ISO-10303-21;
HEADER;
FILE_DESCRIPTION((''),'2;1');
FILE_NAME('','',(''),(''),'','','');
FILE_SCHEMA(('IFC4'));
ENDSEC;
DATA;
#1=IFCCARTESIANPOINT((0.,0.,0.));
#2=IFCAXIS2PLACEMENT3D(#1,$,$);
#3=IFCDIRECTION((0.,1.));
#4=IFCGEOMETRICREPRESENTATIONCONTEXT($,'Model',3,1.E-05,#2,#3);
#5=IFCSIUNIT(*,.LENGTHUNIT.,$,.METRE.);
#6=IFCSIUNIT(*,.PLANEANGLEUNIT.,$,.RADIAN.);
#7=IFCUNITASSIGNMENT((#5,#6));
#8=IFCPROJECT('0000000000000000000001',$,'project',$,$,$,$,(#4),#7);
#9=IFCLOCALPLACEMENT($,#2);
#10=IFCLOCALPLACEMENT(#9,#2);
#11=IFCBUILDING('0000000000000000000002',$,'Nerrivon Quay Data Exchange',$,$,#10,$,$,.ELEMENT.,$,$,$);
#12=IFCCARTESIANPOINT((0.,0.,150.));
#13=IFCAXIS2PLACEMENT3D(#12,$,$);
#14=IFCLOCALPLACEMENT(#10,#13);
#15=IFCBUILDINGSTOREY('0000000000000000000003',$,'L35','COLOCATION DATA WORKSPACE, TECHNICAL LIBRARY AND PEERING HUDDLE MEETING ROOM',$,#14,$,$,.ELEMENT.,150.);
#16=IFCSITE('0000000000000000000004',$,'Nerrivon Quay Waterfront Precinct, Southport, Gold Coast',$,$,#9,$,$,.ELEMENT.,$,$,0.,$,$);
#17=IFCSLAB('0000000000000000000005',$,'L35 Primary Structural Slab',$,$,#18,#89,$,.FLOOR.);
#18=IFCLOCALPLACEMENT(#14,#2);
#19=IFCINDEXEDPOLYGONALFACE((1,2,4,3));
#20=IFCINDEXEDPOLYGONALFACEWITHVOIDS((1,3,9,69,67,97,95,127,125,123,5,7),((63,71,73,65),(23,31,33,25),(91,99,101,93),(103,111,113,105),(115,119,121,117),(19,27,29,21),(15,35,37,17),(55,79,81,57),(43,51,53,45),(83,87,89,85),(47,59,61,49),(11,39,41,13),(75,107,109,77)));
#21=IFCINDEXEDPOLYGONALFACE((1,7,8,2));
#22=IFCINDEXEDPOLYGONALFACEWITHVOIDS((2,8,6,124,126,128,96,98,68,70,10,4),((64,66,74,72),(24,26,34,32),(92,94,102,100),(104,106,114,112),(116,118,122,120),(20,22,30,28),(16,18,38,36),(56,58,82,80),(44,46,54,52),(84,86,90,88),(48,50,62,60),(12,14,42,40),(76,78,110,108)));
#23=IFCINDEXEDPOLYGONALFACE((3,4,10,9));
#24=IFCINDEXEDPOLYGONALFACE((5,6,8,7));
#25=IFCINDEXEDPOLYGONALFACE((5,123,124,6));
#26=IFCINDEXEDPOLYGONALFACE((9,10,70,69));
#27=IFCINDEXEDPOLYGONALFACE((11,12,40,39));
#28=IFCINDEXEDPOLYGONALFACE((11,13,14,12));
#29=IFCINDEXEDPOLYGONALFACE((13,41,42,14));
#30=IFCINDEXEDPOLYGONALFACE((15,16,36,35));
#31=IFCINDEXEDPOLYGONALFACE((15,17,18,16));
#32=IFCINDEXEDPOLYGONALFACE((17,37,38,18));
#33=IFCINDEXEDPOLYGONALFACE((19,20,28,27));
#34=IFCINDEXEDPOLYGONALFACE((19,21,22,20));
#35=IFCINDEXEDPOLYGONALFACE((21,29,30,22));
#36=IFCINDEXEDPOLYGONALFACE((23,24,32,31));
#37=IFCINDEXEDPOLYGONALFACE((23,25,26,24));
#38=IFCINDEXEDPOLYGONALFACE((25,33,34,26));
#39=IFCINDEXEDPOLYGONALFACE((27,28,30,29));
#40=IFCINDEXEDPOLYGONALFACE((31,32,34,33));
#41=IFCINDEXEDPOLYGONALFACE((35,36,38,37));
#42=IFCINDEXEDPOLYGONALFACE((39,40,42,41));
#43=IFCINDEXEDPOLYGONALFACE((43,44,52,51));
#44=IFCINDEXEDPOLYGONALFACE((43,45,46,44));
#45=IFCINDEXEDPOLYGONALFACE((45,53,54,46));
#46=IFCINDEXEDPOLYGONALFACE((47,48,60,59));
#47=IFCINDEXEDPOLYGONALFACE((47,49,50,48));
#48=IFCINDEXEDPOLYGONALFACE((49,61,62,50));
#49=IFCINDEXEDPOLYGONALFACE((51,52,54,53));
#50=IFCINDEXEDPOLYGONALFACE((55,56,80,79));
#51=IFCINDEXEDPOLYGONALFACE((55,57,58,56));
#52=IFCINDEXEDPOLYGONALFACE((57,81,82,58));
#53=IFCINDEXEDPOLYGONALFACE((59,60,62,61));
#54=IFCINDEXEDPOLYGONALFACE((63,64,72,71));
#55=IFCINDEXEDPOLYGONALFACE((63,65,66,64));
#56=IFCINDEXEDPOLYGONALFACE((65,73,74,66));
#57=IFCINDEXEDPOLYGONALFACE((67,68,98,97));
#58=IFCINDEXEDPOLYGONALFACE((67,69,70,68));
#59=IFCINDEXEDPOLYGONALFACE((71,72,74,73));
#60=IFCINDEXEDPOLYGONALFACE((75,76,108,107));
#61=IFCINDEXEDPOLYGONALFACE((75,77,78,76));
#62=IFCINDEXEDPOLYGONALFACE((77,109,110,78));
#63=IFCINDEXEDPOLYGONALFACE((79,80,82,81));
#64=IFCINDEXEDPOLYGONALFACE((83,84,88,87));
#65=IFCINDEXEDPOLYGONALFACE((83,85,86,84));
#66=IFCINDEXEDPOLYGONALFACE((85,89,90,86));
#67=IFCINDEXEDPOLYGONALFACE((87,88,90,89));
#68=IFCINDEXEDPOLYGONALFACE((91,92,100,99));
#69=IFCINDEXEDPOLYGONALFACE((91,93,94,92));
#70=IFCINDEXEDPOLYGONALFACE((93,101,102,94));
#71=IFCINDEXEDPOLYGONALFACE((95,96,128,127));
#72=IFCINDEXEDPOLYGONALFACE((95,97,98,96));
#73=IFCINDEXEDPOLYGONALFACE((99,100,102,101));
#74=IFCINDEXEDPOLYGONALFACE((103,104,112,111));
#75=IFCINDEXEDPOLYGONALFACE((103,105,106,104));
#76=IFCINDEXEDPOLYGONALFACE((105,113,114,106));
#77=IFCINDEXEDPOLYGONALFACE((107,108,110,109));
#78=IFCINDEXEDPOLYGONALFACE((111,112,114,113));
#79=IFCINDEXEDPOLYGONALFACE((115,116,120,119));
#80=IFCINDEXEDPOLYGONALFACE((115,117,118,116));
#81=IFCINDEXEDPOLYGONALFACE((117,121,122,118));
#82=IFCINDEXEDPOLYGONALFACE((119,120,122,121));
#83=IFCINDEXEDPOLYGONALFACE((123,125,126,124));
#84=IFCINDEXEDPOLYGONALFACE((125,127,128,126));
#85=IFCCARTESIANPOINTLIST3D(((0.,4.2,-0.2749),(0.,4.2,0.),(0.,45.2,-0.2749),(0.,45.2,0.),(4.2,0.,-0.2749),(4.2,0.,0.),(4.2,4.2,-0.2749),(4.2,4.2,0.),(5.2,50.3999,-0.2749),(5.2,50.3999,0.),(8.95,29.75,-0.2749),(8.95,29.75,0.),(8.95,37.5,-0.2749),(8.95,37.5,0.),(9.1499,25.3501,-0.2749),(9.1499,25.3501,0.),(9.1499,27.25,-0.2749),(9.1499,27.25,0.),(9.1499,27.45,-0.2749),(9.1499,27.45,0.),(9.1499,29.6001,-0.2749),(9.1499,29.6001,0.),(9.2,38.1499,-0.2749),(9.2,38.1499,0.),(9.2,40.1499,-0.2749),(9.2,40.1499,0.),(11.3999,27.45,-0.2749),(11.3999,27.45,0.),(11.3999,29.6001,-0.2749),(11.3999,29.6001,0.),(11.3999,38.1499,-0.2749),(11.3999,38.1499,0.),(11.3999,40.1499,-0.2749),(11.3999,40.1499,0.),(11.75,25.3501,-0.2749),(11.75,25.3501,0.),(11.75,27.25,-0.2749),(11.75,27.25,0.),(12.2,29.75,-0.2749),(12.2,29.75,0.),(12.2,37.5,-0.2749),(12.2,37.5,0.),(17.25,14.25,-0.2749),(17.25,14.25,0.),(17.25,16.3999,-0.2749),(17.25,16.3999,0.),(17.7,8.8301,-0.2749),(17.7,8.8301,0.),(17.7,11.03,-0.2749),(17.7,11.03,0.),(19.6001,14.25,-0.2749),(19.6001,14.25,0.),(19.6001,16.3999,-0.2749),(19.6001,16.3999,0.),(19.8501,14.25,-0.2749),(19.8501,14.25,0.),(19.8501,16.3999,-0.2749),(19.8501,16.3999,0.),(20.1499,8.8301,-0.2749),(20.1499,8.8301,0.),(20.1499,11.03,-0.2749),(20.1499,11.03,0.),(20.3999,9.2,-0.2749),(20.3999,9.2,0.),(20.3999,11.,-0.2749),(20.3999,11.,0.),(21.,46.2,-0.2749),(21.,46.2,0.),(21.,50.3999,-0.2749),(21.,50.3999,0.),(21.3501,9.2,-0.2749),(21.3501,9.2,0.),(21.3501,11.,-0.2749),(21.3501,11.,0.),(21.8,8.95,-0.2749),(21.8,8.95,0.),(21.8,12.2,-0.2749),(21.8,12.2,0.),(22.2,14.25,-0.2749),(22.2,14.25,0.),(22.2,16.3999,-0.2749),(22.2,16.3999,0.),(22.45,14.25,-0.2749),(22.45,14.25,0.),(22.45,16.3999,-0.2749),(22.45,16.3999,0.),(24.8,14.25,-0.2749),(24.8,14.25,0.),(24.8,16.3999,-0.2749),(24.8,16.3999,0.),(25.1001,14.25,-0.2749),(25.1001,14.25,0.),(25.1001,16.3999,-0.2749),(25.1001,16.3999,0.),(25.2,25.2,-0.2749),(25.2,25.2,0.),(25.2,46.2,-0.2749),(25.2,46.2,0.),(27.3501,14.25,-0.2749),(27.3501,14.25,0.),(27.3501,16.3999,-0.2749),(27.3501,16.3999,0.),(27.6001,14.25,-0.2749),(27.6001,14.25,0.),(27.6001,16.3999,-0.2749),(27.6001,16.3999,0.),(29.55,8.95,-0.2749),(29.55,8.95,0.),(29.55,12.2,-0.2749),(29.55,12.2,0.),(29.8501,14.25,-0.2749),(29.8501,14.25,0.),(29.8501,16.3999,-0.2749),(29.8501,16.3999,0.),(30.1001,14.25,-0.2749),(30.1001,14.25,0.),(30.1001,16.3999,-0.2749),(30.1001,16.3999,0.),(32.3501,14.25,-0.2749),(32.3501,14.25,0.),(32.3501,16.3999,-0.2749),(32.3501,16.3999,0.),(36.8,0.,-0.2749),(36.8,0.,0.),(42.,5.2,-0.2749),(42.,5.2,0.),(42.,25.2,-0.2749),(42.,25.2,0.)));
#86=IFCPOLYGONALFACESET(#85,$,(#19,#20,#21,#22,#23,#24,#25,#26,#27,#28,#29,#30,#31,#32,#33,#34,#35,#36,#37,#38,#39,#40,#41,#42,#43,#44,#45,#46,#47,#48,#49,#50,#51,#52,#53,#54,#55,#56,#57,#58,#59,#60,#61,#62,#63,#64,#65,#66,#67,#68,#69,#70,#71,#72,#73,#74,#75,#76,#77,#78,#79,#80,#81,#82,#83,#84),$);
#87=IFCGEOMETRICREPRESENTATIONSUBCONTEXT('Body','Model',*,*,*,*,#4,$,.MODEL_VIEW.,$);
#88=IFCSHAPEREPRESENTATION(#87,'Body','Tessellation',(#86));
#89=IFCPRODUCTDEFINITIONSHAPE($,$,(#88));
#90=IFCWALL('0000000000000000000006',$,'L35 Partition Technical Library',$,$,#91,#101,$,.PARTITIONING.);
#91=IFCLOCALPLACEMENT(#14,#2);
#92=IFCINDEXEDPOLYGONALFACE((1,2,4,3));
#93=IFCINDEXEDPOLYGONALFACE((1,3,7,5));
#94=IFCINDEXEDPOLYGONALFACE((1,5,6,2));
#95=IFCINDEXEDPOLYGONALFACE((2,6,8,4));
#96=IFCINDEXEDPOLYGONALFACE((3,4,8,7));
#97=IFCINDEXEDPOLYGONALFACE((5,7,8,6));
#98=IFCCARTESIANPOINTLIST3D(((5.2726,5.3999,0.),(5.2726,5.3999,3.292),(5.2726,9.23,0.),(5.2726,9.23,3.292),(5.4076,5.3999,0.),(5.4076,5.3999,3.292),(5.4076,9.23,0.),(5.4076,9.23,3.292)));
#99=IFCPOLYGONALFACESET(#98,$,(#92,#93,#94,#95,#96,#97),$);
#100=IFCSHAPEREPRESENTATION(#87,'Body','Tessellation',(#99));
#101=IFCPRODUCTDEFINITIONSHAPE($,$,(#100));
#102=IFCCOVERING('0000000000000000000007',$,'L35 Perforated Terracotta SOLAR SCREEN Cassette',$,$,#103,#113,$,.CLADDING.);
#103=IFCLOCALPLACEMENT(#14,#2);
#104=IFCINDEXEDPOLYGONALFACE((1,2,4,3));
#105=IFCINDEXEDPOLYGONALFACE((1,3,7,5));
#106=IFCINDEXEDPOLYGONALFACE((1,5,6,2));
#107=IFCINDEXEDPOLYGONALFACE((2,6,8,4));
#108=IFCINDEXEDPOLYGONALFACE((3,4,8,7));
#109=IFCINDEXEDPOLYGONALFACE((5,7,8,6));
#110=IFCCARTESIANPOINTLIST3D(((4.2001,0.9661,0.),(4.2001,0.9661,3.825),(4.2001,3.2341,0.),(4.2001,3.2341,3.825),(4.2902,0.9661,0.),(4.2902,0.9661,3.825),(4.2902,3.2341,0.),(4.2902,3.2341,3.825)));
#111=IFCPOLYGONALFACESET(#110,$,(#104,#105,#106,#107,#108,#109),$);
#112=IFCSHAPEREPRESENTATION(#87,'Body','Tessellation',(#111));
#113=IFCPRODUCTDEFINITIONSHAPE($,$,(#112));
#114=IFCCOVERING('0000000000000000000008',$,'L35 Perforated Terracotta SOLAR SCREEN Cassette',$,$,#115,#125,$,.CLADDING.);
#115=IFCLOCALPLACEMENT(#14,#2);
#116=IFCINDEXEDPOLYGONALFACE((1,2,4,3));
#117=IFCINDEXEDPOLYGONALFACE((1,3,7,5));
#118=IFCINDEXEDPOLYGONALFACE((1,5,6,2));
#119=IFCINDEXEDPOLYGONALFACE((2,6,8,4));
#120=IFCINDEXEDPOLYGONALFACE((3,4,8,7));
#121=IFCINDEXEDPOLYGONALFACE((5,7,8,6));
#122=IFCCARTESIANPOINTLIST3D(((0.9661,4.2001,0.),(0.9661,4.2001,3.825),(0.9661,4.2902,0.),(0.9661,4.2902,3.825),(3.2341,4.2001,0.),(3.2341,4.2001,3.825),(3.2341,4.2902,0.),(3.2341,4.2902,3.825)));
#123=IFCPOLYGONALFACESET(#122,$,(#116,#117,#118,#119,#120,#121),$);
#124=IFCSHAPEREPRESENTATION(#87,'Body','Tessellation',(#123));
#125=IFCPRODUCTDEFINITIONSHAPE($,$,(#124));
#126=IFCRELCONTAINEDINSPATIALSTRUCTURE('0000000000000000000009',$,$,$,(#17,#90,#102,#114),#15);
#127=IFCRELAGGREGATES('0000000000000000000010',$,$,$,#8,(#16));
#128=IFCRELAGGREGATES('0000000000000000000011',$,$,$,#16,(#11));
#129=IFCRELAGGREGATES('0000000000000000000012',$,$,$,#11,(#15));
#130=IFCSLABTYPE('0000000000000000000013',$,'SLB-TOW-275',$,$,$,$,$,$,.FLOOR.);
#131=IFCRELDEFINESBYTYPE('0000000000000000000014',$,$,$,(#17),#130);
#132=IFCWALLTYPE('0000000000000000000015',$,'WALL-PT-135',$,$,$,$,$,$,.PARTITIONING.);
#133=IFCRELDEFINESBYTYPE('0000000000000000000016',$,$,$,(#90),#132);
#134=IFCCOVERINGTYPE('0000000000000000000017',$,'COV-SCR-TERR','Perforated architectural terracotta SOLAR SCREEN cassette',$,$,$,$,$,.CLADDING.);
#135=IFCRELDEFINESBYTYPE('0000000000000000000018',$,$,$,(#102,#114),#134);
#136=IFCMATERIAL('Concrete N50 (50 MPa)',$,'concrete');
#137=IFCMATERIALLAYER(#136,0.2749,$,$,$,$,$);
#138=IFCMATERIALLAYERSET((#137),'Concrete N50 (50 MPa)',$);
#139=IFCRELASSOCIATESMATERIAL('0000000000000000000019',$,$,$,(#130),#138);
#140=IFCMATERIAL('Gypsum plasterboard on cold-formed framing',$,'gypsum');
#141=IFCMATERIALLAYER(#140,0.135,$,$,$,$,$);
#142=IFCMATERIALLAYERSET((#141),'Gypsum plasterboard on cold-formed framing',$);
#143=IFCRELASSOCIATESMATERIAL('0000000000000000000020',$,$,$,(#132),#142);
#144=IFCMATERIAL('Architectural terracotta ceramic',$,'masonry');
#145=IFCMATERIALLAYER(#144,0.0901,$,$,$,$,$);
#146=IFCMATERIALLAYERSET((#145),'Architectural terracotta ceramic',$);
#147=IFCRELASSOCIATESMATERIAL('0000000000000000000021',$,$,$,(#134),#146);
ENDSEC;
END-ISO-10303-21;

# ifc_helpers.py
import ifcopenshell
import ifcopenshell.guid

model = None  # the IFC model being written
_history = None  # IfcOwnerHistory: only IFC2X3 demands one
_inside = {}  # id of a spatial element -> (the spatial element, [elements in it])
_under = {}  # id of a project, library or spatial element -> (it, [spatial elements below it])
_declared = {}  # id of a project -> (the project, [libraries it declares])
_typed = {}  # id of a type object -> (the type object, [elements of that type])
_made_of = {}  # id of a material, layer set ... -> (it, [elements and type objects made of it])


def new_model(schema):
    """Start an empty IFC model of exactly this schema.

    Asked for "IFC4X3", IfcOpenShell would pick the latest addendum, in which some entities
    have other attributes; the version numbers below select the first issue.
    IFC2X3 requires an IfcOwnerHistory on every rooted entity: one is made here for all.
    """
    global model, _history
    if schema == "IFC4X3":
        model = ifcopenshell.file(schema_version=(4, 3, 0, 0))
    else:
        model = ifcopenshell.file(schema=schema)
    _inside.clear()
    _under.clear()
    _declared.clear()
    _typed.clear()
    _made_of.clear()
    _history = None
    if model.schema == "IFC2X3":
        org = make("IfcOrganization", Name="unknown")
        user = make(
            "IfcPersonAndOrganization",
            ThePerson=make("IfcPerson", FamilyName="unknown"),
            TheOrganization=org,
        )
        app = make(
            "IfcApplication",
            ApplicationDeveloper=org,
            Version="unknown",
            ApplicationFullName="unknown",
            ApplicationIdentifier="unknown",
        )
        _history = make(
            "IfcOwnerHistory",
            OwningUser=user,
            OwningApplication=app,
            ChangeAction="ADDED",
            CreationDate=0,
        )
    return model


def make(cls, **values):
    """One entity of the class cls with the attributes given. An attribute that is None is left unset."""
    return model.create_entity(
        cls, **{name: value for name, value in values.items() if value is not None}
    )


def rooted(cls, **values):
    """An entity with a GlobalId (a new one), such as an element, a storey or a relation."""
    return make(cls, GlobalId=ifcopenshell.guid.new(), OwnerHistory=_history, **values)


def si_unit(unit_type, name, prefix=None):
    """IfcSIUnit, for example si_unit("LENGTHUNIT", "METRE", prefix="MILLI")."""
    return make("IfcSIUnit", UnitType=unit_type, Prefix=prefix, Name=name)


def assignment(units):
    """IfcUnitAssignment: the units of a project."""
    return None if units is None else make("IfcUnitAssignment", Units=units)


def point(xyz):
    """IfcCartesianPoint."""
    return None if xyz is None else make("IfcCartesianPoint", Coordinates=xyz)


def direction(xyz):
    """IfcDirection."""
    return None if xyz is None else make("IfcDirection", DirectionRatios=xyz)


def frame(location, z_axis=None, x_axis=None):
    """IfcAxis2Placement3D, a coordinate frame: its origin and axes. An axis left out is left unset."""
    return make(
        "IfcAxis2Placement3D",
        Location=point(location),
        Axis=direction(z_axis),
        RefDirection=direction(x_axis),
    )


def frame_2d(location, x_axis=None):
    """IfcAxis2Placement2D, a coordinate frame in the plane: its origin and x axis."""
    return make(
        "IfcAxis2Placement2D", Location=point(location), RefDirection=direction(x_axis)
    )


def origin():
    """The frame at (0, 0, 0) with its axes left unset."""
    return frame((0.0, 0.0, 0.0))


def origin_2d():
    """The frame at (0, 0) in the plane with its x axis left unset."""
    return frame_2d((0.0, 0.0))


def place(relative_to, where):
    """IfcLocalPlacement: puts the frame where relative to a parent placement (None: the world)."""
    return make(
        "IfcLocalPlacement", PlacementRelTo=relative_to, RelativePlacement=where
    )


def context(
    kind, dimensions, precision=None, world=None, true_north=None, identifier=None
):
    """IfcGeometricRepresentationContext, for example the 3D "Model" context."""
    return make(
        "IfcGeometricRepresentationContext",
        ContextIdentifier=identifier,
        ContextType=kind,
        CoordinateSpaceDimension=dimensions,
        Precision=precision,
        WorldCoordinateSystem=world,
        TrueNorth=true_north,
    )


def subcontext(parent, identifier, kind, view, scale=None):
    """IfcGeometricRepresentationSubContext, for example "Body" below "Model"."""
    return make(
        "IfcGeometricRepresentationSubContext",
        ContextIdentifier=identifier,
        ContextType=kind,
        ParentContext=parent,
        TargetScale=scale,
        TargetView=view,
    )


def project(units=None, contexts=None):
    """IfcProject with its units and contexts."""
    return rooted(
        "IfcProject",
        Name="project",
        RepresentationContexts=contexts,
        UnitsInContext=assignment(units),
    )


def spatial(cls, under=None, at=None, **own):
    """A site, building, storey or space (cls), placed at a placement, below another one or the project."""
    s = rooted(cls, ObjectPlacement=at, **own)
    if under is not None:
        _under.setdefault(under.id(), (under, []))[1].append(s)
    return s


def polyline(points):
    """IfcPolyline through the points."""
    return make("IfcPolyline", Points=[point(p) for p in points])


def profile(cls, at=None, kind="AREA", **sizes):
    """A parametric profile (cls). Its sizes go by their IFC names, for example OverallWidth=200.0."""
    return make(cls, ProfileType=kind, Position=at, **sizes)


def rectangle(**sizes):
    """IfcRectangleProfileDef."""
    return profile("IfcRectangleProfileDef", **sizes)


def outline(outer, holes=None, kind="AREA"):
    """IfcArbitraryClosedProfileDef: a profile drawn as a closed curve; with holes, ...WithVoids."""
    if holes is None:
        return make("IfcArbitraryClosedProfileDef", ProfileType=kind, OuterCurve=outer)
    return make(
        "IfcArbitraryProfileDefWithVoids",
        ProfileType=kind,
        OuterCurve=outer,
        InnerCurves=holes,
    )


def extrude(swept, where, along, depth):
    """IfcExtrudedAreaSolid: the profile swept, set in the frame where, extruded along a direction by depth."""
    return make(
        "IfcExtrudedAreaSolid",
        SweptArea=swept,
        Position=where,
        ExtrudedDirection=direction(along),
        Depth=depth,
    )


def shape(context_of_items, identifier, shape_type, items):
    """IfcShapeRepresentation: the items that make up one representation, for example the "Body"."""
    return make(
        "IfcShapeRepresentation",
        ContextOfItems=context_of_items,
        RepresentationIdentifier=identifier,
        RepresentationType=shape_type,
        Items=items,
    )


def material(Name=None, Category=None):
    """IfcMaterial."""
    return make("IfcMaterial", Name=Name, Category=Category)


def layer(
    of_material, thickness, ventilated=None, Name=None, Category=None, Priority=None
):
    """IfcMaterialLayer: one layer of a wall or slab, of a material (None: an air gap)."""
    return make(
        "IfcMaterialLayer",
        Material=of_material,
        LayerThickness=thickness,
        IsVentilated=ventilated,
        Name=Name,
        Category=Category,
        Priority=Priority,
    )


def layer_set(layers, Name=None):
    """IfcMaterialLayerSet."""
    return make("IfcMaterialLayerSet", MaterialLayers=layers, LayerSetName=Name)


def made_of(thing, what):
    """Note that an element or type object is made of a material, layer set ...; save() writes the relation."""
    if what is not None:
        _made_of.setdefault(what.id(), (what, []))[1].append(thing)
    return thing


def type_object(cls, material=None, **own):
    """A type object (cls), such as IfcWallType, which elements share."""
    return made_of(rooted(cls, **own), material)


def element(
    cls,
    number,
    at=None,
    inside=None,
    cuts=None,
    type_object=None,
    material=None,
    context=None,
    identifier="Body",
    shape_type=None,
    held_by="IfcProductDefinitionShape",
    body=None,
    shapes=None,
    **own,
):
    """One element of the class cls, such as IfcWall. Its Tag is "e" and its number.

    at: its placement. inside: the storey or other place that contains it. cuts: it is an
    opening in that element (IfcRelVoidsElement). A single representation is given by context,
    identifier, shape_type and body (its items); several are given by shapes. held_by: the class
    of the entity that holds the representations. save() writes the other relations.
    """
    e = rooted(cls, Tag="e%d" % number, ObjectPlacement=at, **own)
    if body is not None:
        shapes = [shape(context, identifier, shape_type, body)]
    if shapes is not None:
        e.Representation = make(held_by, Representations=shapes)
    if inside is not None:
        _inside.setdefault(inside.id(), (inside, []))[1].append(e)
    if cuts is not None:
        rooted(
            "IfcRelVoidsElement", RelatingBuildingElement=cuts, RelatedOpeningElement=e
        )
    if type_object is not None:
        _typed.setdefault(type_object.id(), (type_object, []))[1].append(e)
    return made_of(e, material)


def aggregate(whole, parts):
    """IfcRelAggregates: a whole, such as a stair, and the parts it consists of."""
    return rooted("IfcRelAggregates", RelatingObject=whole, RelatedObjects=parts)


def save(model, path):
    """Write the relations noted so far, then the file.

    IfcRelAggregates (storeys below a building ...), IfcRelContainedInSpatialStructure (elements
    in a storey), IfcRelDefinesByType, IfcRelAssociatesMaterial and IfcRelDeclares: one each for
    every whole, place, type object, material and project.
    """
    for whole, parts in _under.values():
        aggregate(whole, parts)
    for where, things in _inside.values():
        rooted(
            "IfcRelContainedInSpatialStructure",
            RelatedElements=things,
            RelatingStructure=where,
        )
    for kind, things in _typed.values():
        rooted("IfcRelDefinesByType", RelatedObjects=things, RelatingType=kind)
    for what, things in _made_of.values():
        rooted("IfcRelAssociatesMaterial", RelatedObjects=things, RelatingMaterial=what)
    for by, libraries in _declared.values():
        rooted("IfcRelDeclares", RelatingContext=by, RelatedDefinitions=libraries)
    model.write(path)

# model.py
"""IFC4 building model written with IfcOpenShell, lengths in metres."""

from ifc_helpers import new_model, si_unit, direction, frame, frame_2d, origin, origin_2d, place, context, subcontext, project, spatial, polyline, rectangle, outline, extrude, material, layer, layer_set, type_object, element, save


model = new_model("IFC4")

# Units and contexts
model_context = context("Model", 3, precision=1e-05, world=origin(), true_north=direction((0.0, 1.0)))
body_context = subcontext(model_context, "Body", "Model", "MODEL_VIEW")
ifc_project = project(units=[si_unit("LENGTHUNIT", "METRE"), si_unit("PLANEANGLEUNIT", "RADIAN")], contexts=[model_context])

# Site, building, storey
site_placement = place(None, origin())
site = spatial("IfcSite", under=ifc_project, at=site_placement, Name="Nerrivon Quay Waterfront Precinct, Southport, Gold Coast", CompositionType="ELEMENT", RefElevation=0.0)
building_placement = place(site_placement, origin())
building = spatial("IfcBuilding", under=site, at=building_placement, Name="Nerrivon Quay Data Exchange", CompositionType="ELEMENT")
storey_placement = place(building_placement, frame((0.0, 0.0, 150.0)))
storey = spatial("IfcBuildingStorey", under=building, at=storey_placement, Name="L35", Description="COLOCATION DATA WORKSPACE, TECHNICAL LIBRARY AND PEERING HUDDLE MEETING ROOM", CompositionType="ELEMENT", Elevation=150.0)

# Shared definitions
ifc_material_1 = material(Name="Concrete N50 (50 MPa)", Category="concrete")

# Slab
ifc_layer_1 = layer(ifc_material_1, 0.2749)
ifc_layer_set_1 = layer_set([ifc_layer_1], Name="Concrete N50 (50 MPa)")
slab_type_1 = type_object("IfcSlabType", Name="SLB-TOW-275", PredefinedType="FLOOR", material=ifc_layer_set_1)
slab_1_placement = place(storey_placement, frame((0.0, 0.0, -0.2749)))
element("IfcSlab", 1, at=slab_1_placement, inside=storey, type_object=slab_type_1, Name="L35 Primary Structural Slab", PredefinedType="FLOOR", context=body_context, shape_type="SweptSolid", body=[
    extrude(outline(polyline([(42.0, 25.2), (25.2, 25.2), (25.2, 46.2), (21.0, 46.2), (21.0, 50.3999), (5.2, 50.3999), (0.0, 45.2), (0.0, 4.2), (4.2, 4.2), (4.2, 0.0), (36.8, 0.0), (42.0, 5.2), (42.0, 25.2)]), holes=[polyline([(8.95, 29.75), (8.95, 37.5), (12.2, 37.5), (12.2, 29.75), (8.95, 29.75)]), polyline([(21.8, 12.2), (29.55, 12.2), (29.55, 8.95), (21.8, 8.95), (21.8, 12.2)]), polyline([(30.1001, 16.3999), (32.3501, 16.3999), (32.3501, 14.25), (30.1001, 14.25), (30.1001, 16.3999)]), polyline([(27.6001, 16.3999), (29.8501, 16.3999), (29.8501, 14.25), (27.6001, 14.25), (27.6001, 16.3999)]), polyline([(25.1001, 14.25), (25.1001, 16.3999), (27.3501, 16.3999), (27.3501, 14.25), (25.1001, 14.25)]), polyline([(22.45, 16.3999), (24.8, 16.3999), (24.8, 14.25), (22.45, 14.25), (22.45, 16.3999)]), polyline([(19.8501, 16.3999), (22.2, 16.3999), (22.2, 14.25), (19.8501, 14.25), (19.8501, 16.3999)]), polyline([(20.3999, 9.2), (20.3999, 11.0), (21.3501, 11.0), (21.3501, 9.2), (20.3999, 9.2)]), polyline([(17.7, 8.8301), (17.7, 11.03), (20.1499, 11.03), (20.1499, 8.8301), (17.7, 8.8301)]), polyline([(17.25, 14.25), (17.25, 16.3999), (19.6001, 16.3999), (19.6001, 14.25), (17.25, 14.25)]), polyline([(9.1499, 27.25), (11.75, 27.25), (11.75, 25.3501), (9.1499, 25.3501), (9.1499, 27.25)]), polyline([(9.1499, 29.6001), (11.3999, 29.6001), (11.3999, 27.45), (9.1499, 27.45), (9.1499, 29.6001)]), polyline([(9.2, 38.1499), (9.2, 40.1499), (11.3999, 40.1499), (11.3999, 38.1499), (9.2, 38.1499)])]), origin(), (0.0, 0.0, 1.0), 0.2749),
])

# Wall
ifc_material_2 = material(Name="Gypsum plasterboard on cold-formed framing", Category="gypsum")
ifc_layer_2 = layer(ifc_material_2, 0.135)
ifc_layer_set_2 = layer_set([ifc_layer_2], Name="Gypsum plasterboard on cold-formed framing")
wall_type = type_object("IfcWallType", Name="WALL-PT-135", PredefinedType="PARTITIONING", material=ifc_layer_set_2)
wall_placement = place(storey_placement, frame((5.3401, 5.3999, 0.0), z_axis=(0.0, 0.0, 1.0), x_axis=(0.0, 1.0, 0.0)))
element("IfcWall", 2, at=wall_placement, inside=storey, type_object=wall_type, Name="L35 Partition Technical Library", PredefinedType="PARTITIONING", context=body_context, shape_type="SweptSolid", body=[
    extrude(rectangle(XDim=3.8301, YDim=0.135, at=frame_2d((1.915, 0.0))), origin(), (0.0, 0.0, 1.0), 3.292),
])

# Coverings
ifc_material_3 = material(Name="Architectural terracotta ceramic", Category="masonry")
ifc_layer_3 = layer(ifc_material_3, 0.0901)
ifc_layer_set_3 = layer_set([ifc_layer_3], Name="Architectural terracotta ceramic")
covering_type = type_object("IfcCoveringType", Name="COV-SCR-TERR", Description="Perforated architectural terracotta SOLAR SCREEN cassette", PredefinedType="CLADDING", material=ifc_layer_set_3)
for number, where, z_axis, x_axis, name in (
    (3, (4.2451, 2.1001, 0.0), (0.0, 0.0, 1.0), (0.0, 1.0, 0.0), "L35 Perforated Terracotta SOLAR SCREEN Cassette"),
    (4, (2.1001, 4.2451, 0.0), (0.0, 0.0, 1.0), (-1.0, 0.0, 0.0), "L35 Perforated Terracotta SOLAR SCREEN Cassette"),
):
    element("IfcCovering", number, at=place(storey_placement, frame(where, z_axis=z_axis, x_axis=x_axis)), inside=storey, type_object=covering_type, Name=name, PredefinedType="CLADDING", context=body_context, shape_type="SweptSolid", body=[
        extrude(rectangle(XDim=2.2681, YDim=0.0901, at=origin_2d()), origin(), (0.0, 0.0, 1.0), 3.825),
    ])

save(model, "model.ifc")
